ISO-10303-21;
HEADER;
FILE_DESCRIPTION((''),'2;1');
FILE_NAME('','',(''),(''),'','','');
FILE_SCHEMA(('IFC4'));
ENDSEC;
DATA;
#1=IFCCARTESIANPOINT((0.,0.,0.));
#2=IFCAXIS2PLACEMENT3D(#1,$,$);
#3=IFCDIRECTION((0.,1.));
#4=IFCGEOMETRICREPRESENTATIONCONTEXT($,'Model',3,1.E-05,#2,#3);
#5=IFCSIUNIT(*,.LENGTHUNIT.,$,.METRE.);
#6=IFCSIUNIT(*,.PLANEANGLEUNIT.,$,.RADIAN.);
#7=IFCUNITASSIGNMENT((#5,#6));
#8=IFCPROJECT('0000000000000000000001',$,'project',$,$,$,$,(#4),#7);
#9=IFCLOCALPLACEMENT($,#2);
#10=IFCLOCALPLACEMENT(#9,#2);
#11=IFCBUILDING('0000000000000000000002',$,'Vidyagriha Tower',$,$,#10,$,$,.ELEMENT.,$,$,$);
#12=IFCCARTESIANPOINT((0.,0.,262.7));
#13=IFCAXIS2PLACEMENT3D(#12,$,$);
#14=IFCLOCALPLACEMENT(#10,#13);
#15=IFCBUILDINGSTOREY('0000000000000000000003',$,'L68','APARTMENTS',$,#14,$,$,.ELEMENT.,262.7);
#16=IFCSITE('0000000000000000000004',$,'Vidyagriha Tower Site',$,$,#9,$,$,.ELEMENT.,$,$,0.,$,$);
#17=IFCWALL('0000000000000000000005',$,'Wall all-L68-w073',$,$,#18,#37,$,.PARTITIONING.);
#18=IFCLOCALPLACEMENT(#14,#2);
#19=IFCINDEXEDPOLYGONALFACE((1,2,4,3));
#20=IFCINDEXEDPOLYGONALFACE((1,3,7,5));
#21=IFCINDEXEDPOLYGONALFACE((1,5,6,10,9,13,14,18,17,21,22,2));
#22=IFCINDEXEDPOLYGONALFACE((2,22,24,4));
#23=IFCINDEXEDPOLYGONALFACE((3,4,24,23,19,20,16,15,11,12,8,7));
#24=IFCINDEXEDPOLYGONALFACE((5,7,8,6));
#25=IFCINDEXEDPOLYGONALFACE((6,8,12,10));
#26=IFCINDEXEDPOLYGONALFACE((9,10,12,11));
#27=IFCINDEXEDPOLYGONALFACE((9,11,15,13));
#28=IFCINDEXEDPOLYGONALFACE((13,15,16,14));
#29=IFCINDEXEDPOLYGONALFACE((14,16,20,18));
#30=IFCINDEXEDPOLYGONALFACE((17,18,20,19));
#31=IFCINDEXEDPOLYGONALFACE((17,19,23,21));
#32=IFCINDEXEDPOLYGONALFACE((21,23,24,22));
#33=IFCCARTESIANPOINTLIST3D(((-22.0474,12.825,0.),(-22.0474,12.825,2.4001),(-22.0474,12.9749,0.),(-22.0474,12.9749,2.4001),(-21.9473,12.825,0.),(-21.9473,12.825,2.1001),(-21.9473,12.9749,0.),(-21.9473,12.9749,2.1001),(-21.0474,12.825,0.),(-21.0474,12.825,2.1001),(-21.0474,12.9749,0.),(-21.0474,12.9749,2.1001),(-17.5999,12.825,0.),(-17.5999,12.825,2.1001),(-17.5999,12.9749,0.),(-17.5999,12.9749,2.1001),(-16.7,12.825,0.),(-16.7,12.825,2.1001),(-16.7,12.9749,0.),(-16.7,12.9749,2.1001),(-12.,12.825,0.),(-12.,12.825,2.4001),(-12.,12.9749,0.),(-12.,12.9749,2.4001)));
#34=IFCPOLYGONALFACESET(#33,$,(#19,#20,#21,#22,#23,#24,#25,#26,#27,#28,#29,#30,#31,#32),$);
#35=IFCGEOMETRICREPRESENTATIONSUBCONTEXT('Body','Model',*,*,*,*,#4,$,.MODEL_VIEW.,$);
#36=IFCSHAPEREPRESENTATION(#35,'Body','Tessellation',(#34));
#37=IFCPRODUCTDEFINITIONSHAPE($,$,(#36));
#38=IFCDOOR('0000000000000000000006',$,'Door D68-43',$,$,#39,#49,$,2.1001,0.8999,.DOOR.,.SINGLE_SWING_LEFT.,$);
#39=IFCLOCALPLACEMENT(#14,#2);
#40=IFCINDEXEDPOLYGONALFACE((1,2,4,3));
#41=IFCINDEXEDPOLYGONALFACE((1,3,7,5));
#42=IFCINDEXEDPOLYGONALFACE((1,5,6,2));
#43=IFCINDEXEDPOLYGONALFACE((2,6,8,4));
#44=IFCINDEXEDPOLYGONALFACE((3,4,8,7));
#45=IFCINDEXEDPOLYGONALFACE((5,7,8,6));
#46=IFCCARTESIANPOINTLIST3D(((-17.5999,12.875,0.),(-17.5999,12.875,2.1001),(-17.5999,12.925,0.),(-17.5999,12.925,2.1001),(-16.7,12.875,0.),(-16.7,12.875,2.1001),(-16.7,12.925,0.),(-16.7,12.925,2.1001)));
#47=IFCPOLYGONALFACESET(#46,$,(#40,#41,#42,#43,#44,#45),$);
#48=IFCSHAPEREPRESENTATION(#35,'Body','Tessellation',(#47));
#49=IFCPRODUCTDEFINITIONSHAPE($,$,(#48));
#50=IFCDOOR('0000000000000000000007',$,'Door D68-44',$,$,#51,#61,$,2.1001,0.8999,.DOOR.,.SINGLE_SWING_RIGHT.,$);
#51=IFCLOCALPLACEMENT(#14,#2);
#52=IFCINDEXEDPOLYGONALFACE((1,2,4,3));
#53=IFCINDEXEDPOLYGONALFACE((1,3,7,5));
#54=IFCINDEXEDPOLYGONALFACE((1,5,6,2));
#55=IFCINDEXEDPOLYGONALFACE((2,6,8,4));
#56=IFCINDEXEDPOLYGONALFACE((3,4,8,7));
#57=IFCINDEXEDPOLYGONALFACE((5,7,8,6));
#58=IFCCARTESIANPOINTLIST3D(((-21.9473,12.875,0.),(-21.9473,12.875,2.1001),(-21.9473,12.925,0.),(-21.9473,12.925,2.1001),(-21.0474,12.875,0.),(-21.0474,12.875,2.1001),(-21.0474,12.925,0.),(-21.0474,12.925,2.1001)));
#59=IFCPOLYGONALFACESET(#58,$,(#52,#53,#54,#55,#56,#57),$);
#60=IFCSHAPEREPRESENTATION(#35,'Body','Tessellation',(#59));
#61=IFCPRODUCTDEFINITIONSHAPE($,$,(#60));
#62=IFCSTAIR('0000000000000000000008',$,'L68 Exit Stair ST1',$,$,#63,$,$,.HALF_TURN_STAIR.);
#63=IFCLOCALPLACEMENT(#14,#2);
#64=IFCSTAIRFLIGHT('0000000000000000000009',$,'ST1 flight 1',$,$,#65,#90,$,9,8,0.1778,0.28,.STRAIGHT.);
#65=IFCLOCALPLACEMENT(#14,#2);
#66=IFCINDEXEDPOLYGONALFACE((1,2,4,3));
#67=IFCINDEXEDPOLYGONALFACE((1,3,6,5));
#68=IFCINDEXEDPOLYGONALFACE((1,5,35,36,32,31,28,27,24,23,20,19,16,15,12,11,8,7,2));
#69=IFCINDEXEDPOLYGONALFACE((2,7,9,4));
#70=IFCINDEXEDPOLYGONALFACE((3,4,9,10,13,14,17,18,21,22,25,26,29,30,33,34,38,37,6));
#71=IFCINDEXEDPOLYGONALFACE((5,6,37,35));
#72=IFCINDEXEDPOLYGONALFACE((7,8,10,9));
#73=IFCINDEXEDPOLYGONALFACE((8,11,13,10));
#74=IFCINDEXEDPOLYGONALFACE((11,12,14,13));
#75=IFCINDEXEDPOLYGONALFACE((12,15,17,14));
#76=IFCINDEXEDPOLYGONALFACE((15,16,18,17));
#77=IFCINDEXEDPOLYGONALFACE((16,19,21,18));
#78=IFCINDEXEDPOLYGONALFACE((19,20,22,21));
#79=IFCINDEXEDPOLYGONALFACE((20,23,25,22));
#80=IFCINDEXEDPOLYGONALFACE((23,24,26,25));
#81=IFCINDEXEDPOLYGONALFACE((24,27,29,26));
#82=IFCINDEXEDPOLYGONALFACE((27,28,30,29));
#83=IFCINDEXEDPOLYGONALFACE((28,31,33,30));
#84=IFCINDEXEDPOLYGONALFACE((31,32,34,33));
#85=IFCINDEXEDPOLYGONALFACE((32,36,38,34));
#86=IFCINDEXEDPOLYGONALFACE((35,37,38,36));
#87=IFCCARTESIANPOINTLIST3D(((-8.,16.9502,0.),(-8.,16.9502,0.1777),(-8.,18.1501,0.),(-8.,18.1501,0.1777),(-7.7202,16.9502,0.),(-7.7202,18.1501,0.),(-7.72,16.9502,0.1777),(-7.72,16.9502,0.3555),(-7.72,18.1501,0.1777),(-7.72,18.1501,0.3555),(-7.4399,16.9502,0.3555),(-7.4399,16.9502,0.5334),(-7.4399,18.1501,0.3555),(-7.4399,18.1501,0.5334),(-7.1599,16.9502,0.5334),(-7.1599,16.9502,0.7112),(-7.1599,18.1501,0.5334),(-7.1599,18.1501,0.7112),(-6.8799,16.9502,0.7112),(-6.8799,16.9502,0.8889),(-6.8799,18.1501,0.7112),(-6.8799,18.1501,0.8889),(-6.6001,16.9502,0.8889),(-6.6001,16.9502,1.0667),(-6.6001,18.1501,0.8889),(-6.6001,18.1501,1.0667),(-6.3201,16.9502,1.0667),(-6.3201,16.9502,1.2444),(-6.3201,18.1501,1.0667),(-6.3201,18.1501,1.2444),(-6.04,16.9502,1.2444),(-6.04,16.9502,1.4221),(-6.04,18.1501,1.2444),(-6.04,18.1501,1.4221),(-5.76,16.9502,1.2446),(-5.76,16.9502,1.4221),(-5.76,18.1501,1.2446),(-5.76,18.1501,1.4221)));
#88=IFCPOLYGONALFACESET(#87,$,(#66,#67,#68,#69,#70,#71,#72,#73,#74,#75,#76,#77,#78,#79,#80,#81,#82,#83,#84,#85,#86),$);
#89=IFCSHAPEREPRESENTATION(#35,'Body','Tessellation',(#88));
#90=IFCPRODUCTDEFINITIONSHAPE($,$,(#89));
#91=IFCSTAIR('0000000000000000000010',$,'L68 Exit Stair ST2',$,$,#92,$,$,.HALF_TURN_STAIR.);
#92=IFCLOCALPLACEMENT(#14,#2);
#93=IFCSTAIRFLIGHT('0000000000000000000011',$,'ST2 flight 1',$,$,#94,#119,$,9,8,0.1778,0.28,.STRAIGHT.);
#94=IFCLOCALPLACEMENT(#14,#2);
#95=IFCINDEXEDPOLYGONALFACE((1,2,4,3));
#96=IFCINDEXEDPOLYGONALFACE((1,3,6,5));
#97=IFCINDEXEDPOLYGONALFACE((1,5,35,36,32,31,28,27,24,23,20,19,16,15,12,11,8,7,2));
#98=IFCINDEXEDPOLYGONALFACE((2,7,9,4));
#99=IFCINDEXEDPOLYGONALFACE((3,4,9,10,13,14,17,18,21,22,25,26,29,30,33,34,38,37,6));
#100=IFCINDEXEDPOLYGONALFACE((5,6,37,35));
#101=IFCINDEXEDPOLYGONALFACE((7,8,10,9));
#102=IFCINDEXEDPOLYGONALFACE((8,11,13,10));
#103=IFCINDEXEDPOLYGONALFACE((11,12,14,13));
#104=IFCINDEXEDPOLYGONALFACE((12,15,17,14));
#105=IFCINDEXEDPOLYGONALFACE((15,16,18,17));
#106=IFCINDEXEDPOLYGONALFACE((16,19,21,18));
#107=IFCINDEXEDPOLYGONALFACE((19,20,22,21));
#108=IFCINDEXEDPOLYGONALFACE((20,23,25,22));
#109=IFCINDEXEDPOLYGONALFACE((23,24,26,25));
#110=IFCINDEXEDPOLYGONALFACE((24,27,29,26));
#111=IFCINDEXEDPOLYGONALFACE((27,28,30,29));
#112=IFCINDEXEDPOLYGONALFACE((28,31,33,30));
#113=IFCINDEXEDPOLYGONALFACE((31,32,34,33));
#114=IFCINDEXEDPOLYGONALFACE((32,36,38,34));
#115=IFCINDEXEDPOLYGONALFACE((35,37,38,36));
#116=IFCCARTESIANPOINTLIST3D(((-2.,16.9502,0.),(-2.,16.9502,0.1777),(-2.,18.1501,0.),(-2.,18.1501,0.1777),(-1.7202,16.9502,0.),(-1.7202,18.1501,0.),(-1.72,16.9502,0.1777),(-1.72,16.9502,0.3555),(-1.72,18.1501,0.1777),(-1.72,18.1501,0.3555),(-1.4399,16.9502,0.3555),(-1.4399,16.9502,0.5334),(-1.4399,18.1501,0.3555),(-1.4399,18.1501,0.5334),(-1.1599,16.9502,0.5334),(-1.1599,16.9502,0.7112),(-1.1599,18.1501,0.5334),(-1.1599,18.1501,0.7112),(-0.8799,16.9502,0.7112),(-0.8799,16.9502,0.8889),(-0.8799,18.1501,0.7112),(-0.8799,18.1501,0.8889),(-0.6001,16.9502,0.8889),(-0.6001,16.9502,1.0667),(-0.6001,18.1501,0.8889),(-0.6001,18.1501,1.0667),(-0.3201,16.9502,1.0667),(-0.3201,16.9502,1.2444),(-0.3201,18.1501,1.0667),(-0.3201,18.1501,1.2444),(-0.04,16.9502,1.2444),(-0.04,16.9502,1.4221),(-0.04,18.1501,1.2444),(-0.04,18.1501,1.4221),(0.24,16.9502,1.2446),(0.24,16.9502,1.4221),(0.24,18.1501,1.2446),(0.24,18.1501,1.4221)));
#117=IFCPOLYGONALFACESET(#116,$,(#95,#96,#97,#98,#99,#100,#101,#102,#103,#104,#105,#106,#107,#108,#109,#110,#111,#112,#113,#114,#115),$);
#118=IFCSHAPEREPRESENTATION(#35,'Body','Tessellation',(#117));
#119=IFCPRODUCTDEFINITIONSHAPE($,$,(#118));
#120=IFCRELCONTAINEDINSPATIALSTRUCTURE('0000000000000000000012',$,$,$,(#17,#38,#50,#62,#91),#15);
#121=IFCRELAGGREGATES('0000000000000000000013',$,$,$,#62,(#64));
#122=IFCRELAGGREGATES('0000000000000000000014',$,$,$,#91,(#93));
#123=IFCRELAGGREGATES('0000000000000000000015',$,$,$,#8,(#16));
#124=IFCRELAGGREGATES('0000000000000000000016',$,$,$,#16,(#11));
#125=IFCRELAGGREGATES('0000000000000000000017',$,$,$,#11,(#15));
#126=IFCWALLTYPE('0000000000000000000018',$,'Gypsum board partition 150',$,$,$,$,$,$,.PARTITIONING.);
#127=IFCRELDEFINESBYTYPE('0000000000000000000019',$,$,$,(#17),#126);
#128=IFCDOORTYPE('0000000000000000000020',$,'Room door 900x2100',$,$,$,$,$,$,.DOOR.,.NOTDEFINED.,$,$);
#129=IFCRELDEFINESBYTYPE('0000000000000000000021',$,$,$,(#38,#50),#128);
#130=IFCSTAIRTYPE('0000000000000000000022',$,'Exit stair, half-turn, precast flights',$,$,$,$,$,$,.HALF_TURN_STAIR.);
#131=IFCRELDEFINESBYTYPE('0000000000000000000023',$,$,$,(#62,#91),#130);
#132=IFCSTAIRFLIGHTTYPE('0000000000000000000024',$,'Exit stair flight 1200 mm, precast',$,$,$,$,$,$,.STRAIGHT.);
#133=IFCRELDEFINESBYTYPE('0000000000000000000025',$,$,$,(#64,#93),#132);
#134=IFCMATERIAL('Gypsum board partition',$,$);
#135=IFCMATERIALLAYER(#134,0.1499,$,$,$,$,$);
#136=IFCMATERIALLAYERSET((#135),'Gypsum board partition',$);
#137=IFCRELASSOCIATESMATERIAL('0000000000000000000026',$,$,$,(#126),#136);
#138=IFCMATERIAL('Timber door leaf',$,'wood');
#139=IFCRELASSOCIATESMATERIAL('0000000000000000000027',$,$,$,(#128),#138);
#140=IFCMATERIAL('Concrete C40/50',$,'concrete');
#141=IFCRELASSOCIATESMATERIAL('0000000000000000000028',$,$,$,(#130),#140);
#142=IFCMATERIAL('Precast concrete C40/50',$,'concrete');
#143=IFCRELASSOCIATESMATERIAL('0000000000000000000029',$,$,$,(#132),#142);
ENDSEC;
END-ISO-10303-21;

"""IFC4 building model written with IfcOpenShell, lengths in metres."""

from ifc_helpers import new_model, si_unit, direction, frame, frame_2d, origin, place, context, subcontext, project, spatial, polyline, rectangle, outline, extrude, material, layer, layer_set, type_object, element, fill, aggregate, save


model = new_model("IFC4")

# Units and contexts
model_context = context("Model", 3, precision=1e-05, world=origin(), true_north=direction((0.0, 1.0)))
body_context = subcontext(model_context, "Body", "Model", "MODEL_VIEW")
ifc_project = project(units=[si_unit("LENGTHUNIT", "METRE"), si_unit("PLANEANGLEUNIT", "RADIAN")], contexts=[model_context])

# Site, building, storey
site_placement = place(None, origin())
site = spatial("IfcSite", under=ifc_project, at=site_placement, Name="Vidyagriha Tower Site", CompositionType="ELEMENT", RefElevation=0.0)
building_placement = place(site_placement, origin())
building = spatial("IfcBuilding", under=site, at=building_placement, Name="Vidyagriha Tower", CompositionType="ELEMENT")
storey_placement = place(building_placement, frame((0.0, 0.0, 262.7)))
storey = spatial("IfcBuildingStorey", under=building, at=storey_placement, Name="L68", Description="APARTMENTS", CompositionType="ELEMENT", Elevation=262.7)

# Wall, openings, doors
ifc_material_1 = material(Name="Gypsum board partition")
ifc_layer_1 = layer(ifc_material_1, 0.1499)
ifc_layer_set_1 = layer_set([ifc_layer_1], Name="Gypsum board partition")
wall_type_1 = type_object("IfcWallType", Name="Gypsum board partition 150", PredefinedType="PARTITIONING", material=ifc_layer_set_1)
wall_1_placement = place(storey_placement, frame((-12.0, 12.8999, 0.0), z_axis=(0.0, 0.0, 1.0), x_axis=(-1.0, 0.0, 0.0)))
wall_1 = element("IfcWall", 1, at=wall_1_placement, inside=storey, type_object=wall_type_1, Name="Wall all-L68-w073", PredefinedType="PARTITIONING", context=body_context, shape_type="SweptSolid", body=[
    extrude(rectangle(XDim=10.0474, YDim=0.1499, at=frame_2d((5.0237, 0.0))), origin(), (0.0, 0.0, 1.0), 2.4001),
])
opening_1_placement = place(wall_1_placement, frame((4.7, 0.0, 0.0)))
opening_1 = element("IfcOpeningElement", 2, at=opening_1_placement, cuts=wall_1, PredefinedType="OPENING", context=body_context, shape_type="SweptSolid", body=[
    extrude(rectangle(XDim=0.8999, YDim=2.1001, at=frame_2d((0.45, 1.05))), frame((0.0, 0.085, 0.0), z_axis=(0.0, -1.0, 0.0), x_axis=(1.0, 0.0, 0.0)), (0.0, 0.0, 1.0), 0.1699),
])
opening_2_placement = place(wall_1_placement, frame((9.0474, 0.0, 0.0)))
opening_2 = element("IfcOpeningElement", 3, at=opening_2_placement, cuts=wall_1, PredefinedType="OPENING", context=body_context, shape_type="SweptSolid", body=[
    extrude(rectangle(XDim=0.8999, YDim=2.1001, at=frame_2d((0.45, 1.05))), frame((0.0, 0.085, 0.0), z_axis=(0.0, -1.0, 0.0), x_axis=(1.0, 0.0, 0.0)), (0.0, 0.0, 1.0), 0.1699),
])
ifc_material_2 = material(Name="Timber door leaf", Category="wood")
door_type_1 = type_object("IfcDoorType", Name="Room door 900x2100", OperationType="NOTDEFINED", PredefinedType="DOOR", material=ifc_material_2)
door_1_placement = place(opening_1_placement, origin())
door_1 = element("IfcDoor", 4, at=door_1_placement, inside=storey, type_object=door_type_1, Name="Door D68-43", OperationType="SINGLE_SWING_LEFT", OverallHeight=2.1001, OverallWidth=0.8999, PredefinedType="DOOR", context=body_context, shape_type="SweptSolid", body=[
    extrude(rectangle(XDim=0.8999, YDim=2.1001, at=frame_2d((0.45, 1.05))), frame((0.0, 0.0249, 0.0), z_axis=(0.0, -1.0, 0.0), x_axis=(1.0, 0.0, 0.0)), (0.0, 0.0, 1.0), 0.05),
])
fill(opening_1, door_1)
door_2_placement = place(opening_2_placement, origin())
door_2 = element("IfcDoor", 5, at=door_2_placement, inside=storey, type_object=door_type_1, Name="Door D68-44", OperationType="SINGLE_SWING_RIGHT", OverallHeight=2.1001, OverallWidth=0.8999, PredefinedType="DOOR", context=body_context, shape_type="SweptSolid", body=[
    extrude(rectangle(XDim=0.8999, YDim=2.1001, at=frame_2d((0.45, 1.05))), frame((0.0, 0.0249, 0.0), z_axis=(0.0, -1.0, 0.0), x_axis=(1.0, 0.0, 0.0)), (0.0, 0.0, 1.0), 0.05),
])
fill(opening_2, door_2)

# Stairs, stair flights
ifc_material_3 = material(Name="Concrete C40/50", Category="concrete")
stair_type = type_object("IfcStairType", Name="Exit stair, half-turn, precast flights", PredefinedType="HALF_TURN_STAIR", material=ifc_material_3)
stair_1_placement = place(storey_placement, origin())
stair_1 = element("IfcStair", 6, at=stair_1_placement, inside=storey, type_object=stair_type, Name="L68 Exit Stair ST1", PredefinedType="HALF_TURN_STAIR")
ifc_material_4 = material(Name="Precast concrete C40/50", Category="concrete")
stair_flight_type = type_object("IfcStairFlightType", Name="Exit stair flight 1200 mm, precast", PredefinedType="STRAIGHT", material=ifc_material_4)
stair_flight_1_placement = place(storey_placement, frame((-8.0, 17.55, 0.0)))
stair_flight_1 = element("IfcStairFlight", 7, at=stair_flight_1_placement, type_object=stair_flight_type, Name="ST1 flight 1", NumberOfRisers=9, NumberOfTreads=8, PredefinedType="STRAIGHT", RiserHeight=0.1778, TreadLength=0.28, context=body_context, shape_type="SweptSolid", body=[
    extrude(outline(polyline([(0.0, 0.0), (0.0, 0.1777), (0.28, 0.1777), (0.28, 0.3555), (0.5601, 0.3555), (0.5601, 0.5334), (0.8401, 0.5334), (0.8401, 0.7112), (1.1201, 0.7112), (1.1201, 0.8889), (1.3999, 0.8889), (1.3999, 1.0667), (1.6799, 1.0667), (1.6799, 1.2444), (1.96, 1.2444), (1.96, 1.4221), (2.24, 1.4221), (2.24, 1.6001), (2.24, 1.2446), (0.2798, 0.0), (0.0, 0.0)])), frame((0.0, 0.6001, 0.0), z_axis=(0.0, -1.0, 0.0), x_axis=(1.0, 0.0, 0.0)), (0.0, 0.0, 1.0), 1.2),
])
aggregate(stair_1, [stair_flight_1])
stair_2_placement = place(storey_placement, origin())
stair_2 = element("IfcStair", 8, at=stair_2_placement, inside=storey, type_object=stair_type, Name="L68 Exit Stair ST2", PredefinedType="HALF_TURN_STAIR")
stair_flight_2_placement = place(storey_placement, frame((-2.0, 17.55, 0.0)))
stair_flight_2 = element("IfcStairFlight", 9, at=stair_flight_2_placement, type_object=stair_flight_type, Name="ST2 flight 1", NumberOfRisers=9, NumberOfTreads=8, PredefinedType="STRAIGHT", RiserHeight=0.1778, TreadLength=0.28, context=body_context, shape_type="SweptSolid", body=[
    extrude(outline(polyline([(0.0, 0.0), (0.0, 0.1777), (0.28, 0.1777), (0.28, 0.3555), (0.5601, 0.3555), (0.5601, 0.5334), (0.8401, 0.5334), (0.8401, 0.7112), (1.1201, 0.7112), (1.1201, 0.8889), (1.3999, 0.8889), (1.3999, 1.0667), (1.6799, 1.0667), (1.6799, 1.2444), (1.96, 1.2444), (1.96, 1.4221), (2.24, 1.4221), (2.24, 1.6001), (2.24, 1.2446), (0.2798, 0.0), (0.0, 0.0)])), frame((0.0, 0.6001, 0.0), z_axis=(0.0, -1.0, 0.0), x_axis=(1.0, 0.0, 0.0)), (0.0, 0.0, 1.0), 1.2),
])
aggregate(stair_2, [stair_flight_2])

save(model, "model.ifc")
